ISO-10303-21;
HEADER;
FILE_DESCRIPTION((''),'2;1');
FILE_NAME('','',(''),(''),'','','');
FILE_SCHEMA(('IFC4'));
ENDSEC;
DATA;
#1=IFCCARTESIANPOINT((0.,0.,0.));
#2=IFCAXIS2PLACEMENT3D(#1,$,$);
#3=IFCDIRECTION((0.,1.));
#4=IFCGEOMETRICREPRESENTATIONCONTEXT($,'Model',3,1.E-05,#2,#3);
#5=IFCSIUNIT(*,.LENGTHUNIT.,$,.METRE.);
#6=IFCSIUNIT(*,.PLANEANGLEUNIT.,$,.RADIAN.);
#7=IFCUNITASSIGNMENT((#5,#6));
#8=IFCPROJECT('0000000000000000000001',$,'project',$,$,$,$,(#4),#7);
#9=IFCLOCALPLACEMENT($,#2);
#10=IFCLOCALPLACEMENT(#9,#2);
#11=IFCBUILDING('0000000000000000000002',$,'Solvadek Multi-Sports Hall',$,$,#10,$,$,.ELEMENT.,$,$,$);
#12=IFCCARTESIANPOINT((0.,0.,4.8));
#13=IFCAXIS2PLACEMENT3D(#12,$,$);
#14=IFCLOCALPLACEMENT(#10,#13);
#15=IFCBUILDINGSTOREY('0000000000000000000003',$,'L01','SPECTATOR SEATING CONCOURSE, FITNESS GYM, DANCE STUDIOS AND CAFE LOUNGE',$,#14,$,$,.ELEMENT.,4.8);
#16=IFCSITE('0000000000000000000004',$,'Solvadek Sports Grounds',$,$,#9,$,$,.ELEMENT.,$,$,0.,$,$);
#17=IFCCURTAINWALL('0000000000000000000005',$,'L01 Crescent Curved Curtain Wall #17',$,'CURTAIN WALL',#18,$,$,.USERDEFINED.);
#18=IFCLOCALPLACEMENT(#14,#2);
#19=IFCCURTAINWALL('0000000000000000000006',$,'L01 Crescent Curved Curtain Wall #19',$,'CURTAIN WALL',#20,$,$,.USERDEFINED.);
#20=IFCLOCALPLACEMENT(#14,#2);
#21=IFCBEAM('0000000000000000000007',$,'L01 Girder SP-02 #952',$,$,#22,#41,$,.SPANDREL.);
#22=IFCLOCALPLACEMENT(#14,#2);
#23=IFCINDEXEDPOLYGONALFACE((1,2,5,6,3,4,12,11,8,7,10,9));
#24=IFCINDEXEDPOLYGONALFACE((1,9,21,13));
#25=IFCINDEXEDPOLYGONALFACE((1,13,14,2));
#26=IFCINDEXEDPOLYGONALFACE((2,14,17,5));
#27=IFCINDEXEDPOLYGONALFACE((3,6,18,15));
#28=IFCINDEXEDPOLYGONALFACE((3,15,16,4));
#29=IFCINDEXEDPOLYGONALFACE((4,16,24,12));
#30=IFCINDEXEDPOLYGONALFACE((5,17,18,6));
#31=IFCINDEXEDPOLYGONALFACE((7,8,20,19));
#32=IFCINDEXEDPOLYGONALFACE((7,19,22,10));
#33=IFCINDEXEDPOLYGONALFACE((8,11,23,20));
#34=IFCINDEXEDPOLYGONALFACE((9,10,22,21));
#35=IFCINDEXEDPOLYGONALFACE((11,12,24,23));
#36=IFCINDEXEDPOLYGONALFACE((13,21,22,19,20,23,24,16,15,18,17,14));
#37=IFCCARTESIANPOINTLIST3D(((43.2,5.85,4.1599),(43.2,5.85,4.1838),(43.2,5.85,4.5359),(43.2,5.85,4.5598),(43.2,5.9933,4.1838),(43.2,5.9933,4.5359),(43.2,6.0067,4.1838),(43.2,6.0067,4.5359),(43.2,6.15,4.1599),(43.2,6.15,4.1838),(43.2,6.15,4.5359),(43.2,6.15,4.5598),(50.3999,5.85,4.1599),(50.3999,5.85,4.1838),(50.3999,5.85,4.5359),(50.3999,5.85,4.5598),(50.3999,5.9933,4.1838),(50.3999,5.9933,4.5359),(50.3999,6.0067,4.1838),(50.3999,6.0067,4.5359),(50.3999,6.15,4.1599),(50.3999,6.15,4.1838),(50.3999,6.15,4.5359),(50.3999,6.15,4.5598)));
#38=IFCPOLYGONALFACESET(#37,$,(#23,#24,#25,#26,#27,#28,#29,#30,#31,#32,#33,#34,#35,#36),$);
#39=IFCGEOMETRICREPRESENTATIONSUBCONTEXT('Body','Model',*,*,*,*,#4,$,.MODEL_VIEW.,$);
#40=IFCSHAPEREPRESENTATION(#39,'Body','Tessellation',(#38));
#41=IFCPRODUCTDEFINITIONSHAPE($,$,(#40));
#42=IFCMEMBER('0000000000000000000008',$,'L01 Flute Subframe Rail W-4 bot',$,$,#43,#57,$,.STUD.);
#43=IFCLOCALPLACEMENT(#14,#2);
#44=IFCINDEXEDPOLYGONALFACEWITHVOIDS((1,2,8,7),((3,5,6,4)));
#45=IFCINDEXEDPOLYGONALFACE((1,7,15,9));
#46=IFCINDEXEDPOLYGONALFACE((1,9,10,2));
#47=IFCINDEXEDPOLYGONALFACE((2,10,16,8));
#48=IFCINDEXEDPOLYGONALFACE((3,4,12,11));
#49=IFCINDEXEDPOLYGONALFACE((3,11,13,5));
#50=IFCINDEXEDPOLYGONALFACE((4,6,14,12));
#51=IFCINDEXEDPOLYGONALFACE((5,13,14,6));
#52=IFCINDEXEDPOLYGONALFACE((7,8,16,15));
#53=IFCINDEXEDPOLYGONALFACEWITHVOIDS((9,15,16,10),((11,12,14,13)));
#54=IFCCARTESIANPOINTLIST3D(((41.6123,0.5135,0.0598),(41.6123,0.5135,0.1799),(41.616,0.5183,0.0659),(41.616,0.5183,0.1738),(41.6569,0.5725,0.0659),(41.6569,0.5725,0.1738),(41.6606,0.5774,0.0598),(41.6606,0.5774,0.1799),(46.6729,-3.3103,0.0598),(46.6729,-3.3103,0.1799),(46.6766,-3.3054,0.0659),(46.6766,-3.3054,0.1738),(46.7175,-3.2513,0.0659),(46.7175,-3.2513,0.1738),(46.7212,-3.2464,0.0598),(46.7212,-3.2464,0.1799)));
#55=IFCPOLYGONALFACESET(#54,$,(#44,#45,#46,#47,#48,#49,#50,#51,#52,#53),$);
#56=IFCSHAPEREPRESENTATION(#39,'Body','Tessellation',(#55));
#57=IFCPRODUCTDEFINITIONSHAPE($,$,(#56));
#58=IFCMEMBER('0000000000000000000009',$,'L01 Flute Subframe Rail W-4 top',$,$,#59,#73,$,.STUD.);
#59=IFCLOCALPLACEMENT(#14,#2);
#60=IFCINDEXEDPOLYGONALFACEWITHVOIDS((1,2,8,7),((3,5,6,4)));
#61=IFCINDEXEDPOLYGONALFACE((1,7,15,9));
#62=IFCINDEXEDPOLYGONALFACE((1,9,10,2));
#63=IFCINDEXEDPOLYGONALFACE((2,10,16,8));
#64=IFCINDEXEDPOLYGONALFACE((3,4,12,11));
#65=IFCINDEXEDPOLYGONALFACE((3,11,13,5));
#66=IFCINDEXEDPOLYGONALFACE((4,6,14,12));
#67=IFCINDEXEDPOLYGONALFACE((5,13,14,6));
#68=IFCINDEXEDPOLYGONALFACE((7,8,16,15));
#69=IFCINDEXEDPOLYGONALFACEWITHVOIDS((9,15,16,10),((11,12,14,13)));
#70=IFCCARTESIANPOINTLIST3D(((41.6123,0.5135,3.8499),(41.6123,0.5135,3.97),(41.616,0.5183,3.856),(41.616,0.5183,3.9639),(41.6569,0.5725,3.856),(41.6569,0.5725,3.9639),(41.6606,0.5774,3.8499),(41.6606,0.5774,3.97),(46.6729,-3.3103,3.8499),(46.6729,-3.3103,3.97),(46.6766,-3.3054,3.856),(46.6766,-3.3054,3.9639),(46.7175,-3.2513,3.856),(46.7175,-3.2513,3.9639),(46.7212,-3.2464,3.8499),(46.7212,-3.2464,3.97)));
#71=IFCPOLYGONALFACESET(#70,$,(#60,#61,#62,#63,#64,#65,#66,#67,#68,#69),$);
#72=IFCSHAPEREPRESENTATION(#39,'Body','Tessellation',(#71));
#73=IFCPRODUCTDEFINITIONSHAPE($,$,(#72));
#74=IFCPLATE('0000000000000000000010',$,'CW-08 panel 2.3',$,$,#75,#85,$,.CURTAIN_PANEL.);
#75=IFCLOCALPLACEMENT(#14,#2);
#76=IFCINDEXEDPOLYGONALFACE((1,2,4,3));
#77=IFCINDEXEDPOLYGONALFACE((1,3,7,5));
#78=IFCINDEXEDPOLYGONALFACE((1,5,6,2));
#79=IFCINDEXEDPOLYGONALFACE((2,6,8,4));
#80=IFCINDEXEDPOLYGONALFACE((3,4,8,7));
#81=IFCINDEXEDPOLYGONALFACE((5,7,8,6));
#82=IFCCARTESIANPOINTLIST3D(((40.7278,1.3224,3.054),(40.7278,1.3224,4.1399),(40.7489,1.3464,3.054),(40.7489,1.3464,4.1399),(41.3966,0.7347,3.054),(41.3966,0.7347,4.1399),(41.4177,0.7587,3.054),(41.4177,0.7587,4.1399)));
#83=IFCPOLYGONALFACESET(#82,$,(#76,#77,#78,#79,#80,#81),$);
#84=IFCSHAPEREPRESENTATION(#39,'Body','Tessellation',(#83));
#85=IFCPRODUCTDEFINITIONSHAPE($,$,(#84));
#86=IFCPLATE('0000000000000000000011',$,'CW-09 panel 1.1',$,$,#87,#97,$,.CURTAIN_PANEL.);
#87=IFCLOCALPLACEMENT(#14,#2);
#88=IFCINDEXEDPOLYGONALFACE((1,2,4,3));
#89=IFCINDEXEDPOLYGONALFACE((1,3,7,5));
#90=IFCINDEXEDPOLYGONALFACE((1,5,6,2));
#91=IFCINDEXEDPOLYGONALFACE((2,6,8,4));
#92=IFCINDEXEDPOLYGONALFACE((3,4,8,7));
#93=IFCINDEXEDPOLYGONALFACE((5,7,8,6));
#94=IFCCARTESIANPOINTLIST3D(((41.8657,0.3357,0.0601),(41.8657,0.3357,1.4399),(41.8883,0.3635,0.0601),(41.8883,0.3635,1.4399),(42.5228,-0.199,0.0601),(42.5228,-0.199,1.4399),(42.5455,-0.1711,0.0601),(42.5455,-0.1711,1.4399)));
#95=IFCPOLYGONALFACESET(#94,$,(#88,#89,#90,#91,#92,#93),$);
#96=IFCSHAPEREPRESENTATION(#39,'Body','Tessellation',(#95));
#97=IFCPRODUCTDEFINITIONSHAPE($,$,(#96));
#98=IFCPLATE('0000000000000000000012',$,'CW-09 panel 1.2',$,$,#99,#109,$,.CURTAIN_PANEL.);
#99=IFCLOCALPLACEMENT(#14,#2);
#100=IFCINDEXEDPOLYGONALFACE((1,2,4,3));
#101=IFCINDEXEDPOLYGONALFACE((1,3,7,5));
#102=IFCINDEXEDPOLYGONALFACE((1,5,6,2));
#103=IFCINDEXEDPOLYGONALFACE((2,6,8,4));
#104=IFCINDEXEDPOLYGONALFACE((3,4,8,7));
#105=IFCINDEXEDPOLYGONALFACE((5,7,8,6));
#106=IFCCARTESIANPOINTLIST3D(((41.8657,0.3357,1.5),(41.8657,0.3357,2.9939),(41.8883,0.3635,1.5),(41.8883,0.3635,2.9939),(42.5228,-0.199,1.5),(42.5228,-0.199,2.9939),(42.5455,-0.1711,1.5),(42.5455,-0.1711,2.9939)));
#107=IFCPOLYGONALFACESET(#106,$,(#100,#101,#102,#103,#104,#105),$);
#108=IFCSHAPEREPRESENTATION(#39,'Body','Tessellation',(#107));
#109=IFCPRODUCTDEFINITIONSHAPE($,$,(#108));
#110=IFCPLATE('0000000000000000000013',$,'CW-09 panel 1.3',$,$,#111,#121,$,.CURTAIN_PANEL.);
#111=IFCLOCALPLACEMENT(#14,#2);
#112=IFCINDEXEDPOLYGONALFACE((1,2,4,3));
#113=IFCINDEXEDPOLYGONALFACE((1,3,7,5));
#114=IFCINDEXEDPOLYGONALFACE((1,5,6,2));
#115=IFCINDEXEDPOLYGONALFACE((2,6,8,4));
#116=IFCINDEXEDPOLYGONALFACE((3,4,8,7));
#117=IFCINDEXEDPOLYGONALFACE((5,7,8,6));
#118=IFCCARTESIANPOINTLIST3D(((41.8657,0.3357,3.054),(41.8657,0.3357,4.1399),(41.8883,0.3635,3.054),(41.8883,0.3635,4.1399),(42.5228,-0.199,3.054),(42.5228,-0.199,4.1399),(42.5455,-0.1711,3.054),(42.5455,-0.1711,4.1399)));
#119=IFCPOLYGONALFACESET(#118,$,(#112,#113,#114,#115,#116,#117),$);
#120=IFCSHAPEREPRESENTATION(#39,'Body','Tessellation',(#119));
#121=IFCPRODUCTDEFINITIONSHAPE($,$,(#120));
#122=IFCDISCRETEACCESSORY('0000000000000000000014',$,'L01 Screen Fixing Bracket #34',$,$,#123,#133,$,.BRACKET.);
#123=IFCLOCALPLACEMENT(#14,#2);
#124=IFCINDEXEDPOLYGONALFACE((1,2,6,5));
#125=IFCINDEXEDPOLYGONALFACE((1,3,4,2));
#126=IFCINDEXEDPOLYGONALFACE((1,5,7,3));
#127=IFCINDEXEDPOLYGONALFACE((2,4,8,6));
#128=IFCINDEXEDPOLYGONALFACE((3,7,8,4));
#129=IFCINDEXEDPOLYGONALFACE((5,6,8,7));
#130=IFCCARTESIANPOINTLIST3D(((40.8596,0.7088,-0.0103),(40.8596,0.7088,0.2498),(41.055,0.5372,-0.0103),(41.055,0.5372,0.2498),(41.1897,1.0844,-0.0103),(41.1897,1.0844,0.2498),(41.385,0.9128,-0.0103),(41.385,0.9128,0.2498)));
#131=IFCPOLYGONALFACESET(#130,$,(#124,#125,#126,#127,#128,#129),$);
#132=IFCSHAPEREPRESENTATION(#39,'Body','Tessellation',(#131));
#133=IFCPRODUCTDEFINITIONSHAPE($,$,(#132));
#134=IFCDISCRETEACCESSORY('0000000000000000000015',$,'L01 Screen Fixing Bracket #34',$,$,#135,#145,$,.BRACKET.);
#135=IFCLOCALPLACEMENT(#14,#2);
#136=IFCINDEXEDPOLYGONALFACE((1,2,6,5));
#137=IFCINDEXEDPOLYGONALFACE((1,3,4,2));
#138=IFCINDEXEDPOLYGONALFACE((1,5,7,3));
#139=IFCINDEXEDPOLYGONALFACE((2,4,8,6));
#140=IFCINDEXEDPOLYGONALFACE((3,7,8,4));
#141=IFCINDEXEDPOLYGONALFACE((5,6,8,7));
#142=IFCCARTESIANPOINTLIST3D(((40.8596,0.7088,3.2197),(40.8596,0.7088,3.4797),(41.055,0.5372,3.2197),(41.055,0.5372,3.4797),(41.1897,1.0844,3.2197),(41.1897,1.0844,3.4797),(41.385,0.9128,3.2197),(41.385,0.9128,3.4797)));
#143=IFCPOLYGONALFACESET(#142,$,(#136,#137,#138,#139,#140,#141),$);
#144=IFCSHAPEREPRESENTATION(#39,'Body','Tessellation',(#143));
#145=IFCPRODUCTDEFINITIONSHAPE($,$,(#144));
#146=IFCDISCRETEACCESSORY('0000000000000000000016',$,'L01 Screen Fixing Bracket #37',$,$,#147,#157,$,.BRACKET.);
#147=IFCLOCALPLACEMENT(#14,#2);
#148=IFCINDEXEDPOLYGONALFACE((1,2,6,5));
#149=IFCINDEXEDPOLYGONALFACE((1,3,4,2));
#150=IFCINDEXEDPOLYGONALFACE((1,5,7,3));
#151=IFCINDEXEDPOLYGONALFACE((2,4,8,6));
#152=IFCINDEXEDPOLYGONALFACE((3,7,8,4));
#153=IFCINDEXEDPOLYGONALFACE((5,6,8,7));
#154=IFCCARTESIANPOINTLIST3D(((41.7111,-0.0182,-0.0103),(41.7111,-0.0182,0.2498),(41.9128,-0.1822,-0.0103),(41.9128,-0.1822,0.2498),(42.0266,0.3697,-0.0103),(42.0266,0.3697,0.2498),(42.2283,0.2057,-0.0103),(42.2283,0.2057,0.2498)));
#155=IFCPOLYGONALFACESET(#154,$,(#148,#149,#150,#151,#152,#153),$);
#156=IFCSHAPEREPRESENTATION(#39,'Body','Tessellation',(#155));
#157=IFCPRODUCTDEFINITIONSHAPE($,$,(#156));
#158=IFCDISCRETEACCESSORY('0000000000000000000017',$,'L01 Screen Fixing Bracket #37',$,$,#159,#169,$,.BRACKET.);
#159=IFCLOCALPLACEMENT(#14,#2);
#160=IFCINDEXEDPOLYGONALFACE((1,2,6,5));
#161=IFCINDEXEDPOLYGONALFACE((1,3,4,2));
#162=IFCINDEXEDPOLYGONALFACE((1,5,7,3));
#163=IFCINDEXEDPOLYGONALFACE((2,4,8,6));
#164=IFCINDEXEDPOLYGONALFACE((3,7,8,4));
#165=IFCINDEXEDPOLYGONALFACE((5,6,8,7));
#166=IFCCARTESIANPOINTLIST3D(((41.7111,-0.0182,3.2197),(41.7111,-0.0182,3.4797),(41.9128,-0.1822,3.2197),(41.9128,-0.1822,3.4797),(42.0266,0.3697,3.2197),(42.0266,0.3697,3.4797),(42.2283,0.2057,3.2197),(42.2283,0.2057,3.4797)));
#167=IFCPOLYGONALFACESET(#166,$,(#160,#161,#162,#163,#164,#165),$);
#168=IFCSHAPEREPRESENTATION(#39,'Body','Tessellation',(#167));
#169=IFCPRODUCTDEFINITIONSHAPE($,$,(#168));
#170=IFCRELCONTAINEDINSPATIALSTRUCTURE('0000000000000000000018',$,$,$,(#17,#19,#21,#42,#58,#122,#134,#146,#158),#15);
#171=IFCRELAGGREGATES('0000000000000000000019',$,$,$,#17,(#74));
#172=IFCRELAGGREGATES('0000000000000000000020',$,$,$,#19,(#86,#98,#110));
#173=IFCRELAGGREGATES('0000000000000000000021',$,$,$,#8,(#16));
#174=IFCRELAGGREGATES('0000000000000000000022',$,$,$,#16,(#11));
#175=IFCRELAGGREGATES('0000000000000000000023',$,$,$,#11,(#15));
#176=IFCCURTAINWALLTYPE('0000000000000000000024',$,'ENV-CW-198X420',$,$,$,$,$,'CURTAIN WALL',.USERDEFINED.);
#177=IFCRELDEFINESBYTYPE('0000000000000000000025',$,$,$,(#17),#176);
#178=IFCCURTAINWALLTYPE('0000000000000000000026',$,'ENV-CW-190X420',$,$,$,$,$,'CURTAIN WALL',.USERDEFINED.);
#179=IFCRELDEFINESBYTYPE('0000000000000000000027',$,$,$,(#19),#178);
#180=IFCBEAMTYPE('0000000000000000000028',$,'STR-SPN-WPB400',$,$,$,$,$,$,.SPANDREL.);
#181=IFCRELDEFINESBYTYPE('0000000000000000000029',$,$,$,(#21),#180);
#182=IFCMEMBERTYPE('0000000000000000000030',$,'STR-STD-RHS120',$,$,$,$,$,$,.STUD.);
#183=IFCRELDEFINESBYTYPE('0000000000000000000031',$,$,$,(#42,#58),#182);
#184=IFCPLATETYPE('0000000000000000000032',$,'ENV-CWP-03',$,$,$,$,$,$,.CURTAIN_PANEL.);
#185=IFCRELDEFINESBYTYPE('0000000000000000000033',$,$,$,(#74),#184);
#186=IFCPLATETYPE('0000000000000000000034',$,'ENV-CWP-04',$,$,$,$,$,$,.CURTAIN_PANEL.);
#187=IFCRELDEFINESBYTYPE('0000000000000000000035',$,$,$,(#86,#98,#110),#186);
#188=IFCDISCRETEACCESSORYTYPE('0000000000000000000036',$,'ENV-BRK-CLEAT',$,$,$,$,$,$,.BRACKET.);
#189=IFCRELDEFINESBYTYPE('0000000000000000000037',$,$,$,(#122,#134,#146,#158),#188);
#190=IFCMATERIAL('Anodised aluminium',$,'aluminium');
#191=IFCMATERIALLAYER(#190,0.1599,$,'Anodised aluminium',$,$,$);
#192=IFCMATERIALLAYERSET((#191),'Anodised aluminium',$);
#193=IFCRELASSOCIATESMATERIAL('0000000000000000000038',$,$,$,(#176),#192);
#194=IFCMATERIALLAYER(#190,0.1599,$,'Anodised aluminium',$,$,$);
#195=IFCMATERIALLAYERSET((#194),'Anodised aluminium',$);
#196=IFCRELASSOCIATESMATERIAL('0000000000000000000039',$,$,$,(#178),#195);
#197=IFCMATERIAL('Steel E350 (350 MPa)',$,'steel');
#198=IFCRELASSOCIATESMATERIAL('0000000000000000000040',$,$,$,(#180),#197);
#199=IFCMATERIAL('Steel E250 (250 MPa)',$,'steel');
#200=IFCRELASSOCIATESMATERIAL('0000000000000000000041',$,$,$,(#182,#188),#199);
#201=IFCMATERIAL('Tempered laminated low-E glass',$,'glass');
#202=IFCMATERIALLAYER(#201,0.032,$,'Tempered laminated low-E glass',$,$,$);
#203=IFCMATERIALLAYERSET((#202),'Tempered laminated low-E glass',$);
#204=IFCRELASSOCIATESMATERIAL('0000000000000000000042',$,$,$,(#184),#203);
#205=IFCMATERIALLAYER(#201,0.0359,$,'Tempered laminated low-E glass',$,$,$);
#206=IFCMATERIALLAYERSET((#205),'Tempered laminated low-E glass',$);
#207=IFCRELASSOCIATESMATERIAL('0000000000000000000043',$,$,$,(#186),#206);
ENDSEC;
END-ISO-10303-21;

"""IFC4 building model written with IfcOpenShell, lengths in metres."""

from ifc_helpers import new_model, si_unit, direction, frame, origin, origin_2d, place, context, subcontext, project, spatial, rectangle, hollow_rectangle, i_section, extrude, material, layer, layer_set, material_profile, profile_set, type_object, element, aggregate, save


model = new_model("IFC4")

# Units and contexts
model_context = context("Model", 3, precision=1e-05, world=origin(), true_north=direction((0.0, 1.0)))
body_context = subcontext(model_context, "Body", "Model", "MODEL_VIEW")
ifc_project = project(units=[si_unit("LENGTHUNIT", "METRE"), si_unit("PLANEANGLEUNIT", "RADIAN")], contexts=[model_context])

# Site, building, storey
site_placement = place(None, origin())
site = spatial("IfcSite", under=ifc_project, at=site_placement, Name="Solvadek Sports Grounds", CompositionType="ELEMENT", RefElevation=0.0)
building_placement = place(site_placement, origin())
building = spatial("IfcBuilding", under=site, at=building_placement, Name="Solvadek Multi-Sports Hall", CompositionType="ELEMENT")
storey_placement = place(building_placement, frame((0.0, 0.0, 4.8)))
storey = spatial("IfcBuildingStorey", under=building, at=storey_placement, Name="L01", Description="SPECTATOR SEATING CONCOURSE, FITNESS GYM, DANCE STUDIOS AND CAFE LOUNGE", CompositionType="ELEMENT", Elevation=4.8)

# Shared definitions
ifc_material_1 = material(Name="Steel E350 (350 MPa)", Category="steel")

# Curtain wall
ifc_material_2 = material(Name="Anodised aluminium", Category="aluminium")
ifc_layer_1 = layer(ifc_material_2, 0.1599, Name="Anodised aluminium")
ifc_layer_set_1 = layer_set([ifc_layer_1], Name="Anodised aluminium")
curtain_wall_type_1 = type_object("IfcCurtainWallType", Name="ENV-CW-198X420", ElementType="CURTAIN WALL", PredefinedType="USERDEFINED", material=ifc_layer_set_1)
curtain_wall_1_placement = place(storey_placement, origin())
curtain_wall_1 = element("IfcCurtainWall", 1, at=curtain_wall_1_placement, inside=storey, type_object=curtain_wall_type_1, Name="L01 Crescent Curved Curtain Wall #17", ObjectType="CURTAIN WALL", PredefinedType="USERDEFINED")

# Curtain wall
ifc_layer_2 = layer(ifc_material_2, 0.1599, Name="Anodised aluminium")
ifc_layer_set_2 = layer_set([ifc_layer_2], Name="Anodised aluminium")
curtain_wall_type_2 = type_object("IfcCurtainWallType", Name="ENV-CW-190X420", ElementType="CURTAIN WALL", PredefinedType="USERDEFINED", material=ifc_layer_set_2)
curtain_wall_2_placement = place(storey_placement, origin())
curtain_wall_2 = element("IfcCurtainWall", 2, at=curtain_wall_2_placement, inside=storey, type_object=curtain_wall_type_2, Name="L01 Crescent Curved Curtain Wall #19", ObjectType="CURTAIN WALL", PredefinedType="USERDEFINED")

# Beam
ifc_material_profile_1 = material_profile(ifc_material_1, i_section(OverallWidth=0.3, OverallDepth=0.3999, WebThickness=0.0134, FlangeThickness=0.0239, at=origin_2d()), Name="WPB 400")
ifc_profile_set_1 = profile_set([ifc_material_profile_1], Name="Steel E350 (350 MPa)")
beam_type_1 = type_object("IfcBeamType", Name="STR-SPN-WPB400", PredefinedType="SPANDREL", material=ifc_profile_set_1)
beam_1_placement = place(storey_placement, frame((43.2, 6.0, 4.3599), z_axis=(1.0, 0.0, 0.0), x_axis=(0.0, 1.0, 0.0)))
element("IfcBeam", 3, at=beam_1_placement, inside=storey, type_object=beam_type_1, Name="L01 Girder SP-02 #952", PredefinedType="SPANDREL", context=body_context, shape_type="SweptSolid", body=[
    extrude(i_section(OverallWidth=0.3, OverallDepth=0.3999, WebThickness=0.0134, FlangeThickness=0.0239, at=origin_2d()), origin(), (0.0, 0.0, 1.0), 7.2),
])

# Members
ifc_material_3 = material(Name="Steel E250 (250 MPa)", Category="steel")
ifc_material_profile_2 = material_profile(ifc_material_3, hollow_rectangle(XDim=0.0801, YDim=0.1201, WallThickness=0.0061, at=origin_2d()), Name="RHS 120x80x6")
ifc_profile_set_2 = profile_set([ifc_material_profile_2], Name="Steel E250 (250 MPa)")
member_type_1 = type_object("IfcMemberType", Name="STR-STD-RHS120", PredefinedType="STUD", material=ifc_profile_set_2)
for number, where, z_axis, x_axis, name in (
    (4, (41.6365, 0.5454, 0.1199), (0.797852, -0.602854, 0.0), (0.602854, 0.797852, 0.0), "L01 Flute Subframe Rail W-4 bot"),
    (5, (41.6365, 0.5454, 3.9099), (0.797852, -0.602854, 0.0), (0.602854, 0.797852, 0.0), "L01 Flute Subframe Rail W-4 top"),
):
    element("IfcMember", number, at=place(storey_placement, frame(where, z_axis=z_axis, x_axis=x_axis)), inside=storey, type_object=member_type_1, Name=name, PredefinedType="STUD", context=body_context, shape_type="SweptSolid", body=[
        extrude(hollow_rectangle(XDim=0.0801, YDim=0.1201, WallThickness=0.0061, at=origin_2d()), origin(), (0.0, 0.0, 1.0), 6.3428),
    ])

# Plates
ifc_material_4 = material(Name="Tempered laminated low-E glass", Category="glass")
ifc_layer_3 = layer(ifc_material_4, 0.032, Name="Tempered laminated low-E glass")
ifc_layer_set_3 = layer_set([ifc_layer_3], Name="Tempered laminated low-E glass")
plate_type_1 = type_object("IfcPlateType", Name="ENV-CWP-03", PredefinedType="CURTAIN_PANEL", material=ifc_layer_set_3)
plate_1_placement = place(storey_placement, frame((41.0728, 1.0405, 3.054), z_axis=(0.0, 0.0, 1.0), x_axis=(0.751217, -0.660055, 0.0)))
plate_1 = element("IfcPlate", 6, at=plate_1_placement, type_object=plate_type_1, Name="CW-08 panel 2.3", PredefinedType="CURTAIN_PANEL", context=body_context, shape_type="SweptSolid", body=[
    extrude(rectangle(XDim=0.8904, YDim=0.032, at=origin_2d()), origin(), (0.0, 0.0, 1.0), 1.0859),
])
aggregate(curtain_wall_1, [plate_1])
ifc_layer_4 = layer(ifc_material_4, 0.0359, Name="Tempered laminated low-E glass")
ifc_layer_set_4 = layer_set([ifc_layer_4], Name="Tempered laminated low-E glass")
plate_type_2 = type_object("IfcPlateType", Name="ENV-CWP-04", PredefinedType="CURTAIN_PANEL", material=ifc_layer_set_4)
plate_2_placement = place(storey_placement, frame((42.2056, 0.0823, 0.0601), z_axis=(0.0, 0.0, 1.0), x_axis=(0.775725, -0.631071, 0.0)))
plate_2 = element("IfcPlate", 7, at=plate_2_placement, type_object=plate_type_2, Name="CW-09 panel 1.1", PredefinedType="CURTAIN_PANEL", context=body_context, shape_type="SweptSolid", body=[
    extrude(rectangle(XDim=0.8472, YDim=0.0359, at=origin_2d()), origin(), (0.0, 0.0, 1.0), 1.3799),
])
plate_3_placement = place(storey_placement, frame((42.2056, 0.0823, 1.5), z_axis=(0.0, 0.0, 1.0), x_axis=(0.775725, -0.631071, 0.0)))
plate_3 = element("IfcPlate", 8, at=plate_3_placement, type_object=plate_type_2, Name="CW-09 panel 1.2", PredefinedType="CURTAIN_PANEL", context=body_context, shape_type="SweptSolid", body=[
    extrude(rectangle(XDim=0.8472, YDim=0.0359, at=origin_2d()), origin(), (0.0, 0.0, 1.0), 1.4939),
])
plate_4_placement = place(storey_placement, frame((42.2056, 0.0823, 3.054), z_axis=(0.0, 0.0, 1.0), x_axis=(0.775725, -0.631071, 0.0)))
plate_4 = element("IfcPlate", 9, at=plate_4_placement, type_object=plate_type_2, Name="CW-09 panel 1.3", PredefinedType="CURTAIN_PANEL", context=body_context, shape_type="SweptSolid", body=[
    extrude(rectangle(XDim=0.8472, YDim=0.0359, at=origin_2d()), origin(), (0.0, 0.0, 1.0), 1.0859),
])
aggregate(curtain_wall_2, [plate_2, plate_3, plate_4])

# Discrete accessories
discrete_accessory_type = type_object("IfcDiscreteAccessoryType", Name="ENV-BRK-CLEAT", PredefinedType="BRACKET", material=ifc_material_3)
for number, where, z_axis, x_axis, name in (
    (10, (41.1223, 0.8108, -0.0103), (0.0, 0.0, 1.0), (0.751215, -0.660057, 0.0), "L01 Screen Fixing Bracket #34"),
    (11, (41.1223, 0.8108, 3.2197), (0.0, 0.0, 1.0), (0.751215, -0.660057, 0.0), "L01 Screen Fixing Bracket #34"),
    (12, (41.9697, 0.0938, -0.0103), (0.0, 0.0, 1.0), (0.775755, -0.631034, 0.0), "L01 Screen Fixing Bracket #37"),
    (13, (41.9697, 0.0938, 3.2197), (0.0, 0.0, 1.0), (0.775755, -0.631034, 0.0), "L01 Screen Fixing Bracket #37"),
):
    element("IfcDiscreteAccessory", number, at=place(storey_placement, frame(where, z_axis=z_axis, x_axis=x_axis)), inside=storey, type_object=discrete_accessory_type, Name=name, PredefinedType="BRACKET", context=body_context, shape_type="SweptSolid", body=[
        extrude(rectangle(XDim=0.26, YDim=0.5, at=origin_2d()), origin(), (0.0, 0.0, 1.0), 0.26),
    ])

save(model, "model.ifc")
